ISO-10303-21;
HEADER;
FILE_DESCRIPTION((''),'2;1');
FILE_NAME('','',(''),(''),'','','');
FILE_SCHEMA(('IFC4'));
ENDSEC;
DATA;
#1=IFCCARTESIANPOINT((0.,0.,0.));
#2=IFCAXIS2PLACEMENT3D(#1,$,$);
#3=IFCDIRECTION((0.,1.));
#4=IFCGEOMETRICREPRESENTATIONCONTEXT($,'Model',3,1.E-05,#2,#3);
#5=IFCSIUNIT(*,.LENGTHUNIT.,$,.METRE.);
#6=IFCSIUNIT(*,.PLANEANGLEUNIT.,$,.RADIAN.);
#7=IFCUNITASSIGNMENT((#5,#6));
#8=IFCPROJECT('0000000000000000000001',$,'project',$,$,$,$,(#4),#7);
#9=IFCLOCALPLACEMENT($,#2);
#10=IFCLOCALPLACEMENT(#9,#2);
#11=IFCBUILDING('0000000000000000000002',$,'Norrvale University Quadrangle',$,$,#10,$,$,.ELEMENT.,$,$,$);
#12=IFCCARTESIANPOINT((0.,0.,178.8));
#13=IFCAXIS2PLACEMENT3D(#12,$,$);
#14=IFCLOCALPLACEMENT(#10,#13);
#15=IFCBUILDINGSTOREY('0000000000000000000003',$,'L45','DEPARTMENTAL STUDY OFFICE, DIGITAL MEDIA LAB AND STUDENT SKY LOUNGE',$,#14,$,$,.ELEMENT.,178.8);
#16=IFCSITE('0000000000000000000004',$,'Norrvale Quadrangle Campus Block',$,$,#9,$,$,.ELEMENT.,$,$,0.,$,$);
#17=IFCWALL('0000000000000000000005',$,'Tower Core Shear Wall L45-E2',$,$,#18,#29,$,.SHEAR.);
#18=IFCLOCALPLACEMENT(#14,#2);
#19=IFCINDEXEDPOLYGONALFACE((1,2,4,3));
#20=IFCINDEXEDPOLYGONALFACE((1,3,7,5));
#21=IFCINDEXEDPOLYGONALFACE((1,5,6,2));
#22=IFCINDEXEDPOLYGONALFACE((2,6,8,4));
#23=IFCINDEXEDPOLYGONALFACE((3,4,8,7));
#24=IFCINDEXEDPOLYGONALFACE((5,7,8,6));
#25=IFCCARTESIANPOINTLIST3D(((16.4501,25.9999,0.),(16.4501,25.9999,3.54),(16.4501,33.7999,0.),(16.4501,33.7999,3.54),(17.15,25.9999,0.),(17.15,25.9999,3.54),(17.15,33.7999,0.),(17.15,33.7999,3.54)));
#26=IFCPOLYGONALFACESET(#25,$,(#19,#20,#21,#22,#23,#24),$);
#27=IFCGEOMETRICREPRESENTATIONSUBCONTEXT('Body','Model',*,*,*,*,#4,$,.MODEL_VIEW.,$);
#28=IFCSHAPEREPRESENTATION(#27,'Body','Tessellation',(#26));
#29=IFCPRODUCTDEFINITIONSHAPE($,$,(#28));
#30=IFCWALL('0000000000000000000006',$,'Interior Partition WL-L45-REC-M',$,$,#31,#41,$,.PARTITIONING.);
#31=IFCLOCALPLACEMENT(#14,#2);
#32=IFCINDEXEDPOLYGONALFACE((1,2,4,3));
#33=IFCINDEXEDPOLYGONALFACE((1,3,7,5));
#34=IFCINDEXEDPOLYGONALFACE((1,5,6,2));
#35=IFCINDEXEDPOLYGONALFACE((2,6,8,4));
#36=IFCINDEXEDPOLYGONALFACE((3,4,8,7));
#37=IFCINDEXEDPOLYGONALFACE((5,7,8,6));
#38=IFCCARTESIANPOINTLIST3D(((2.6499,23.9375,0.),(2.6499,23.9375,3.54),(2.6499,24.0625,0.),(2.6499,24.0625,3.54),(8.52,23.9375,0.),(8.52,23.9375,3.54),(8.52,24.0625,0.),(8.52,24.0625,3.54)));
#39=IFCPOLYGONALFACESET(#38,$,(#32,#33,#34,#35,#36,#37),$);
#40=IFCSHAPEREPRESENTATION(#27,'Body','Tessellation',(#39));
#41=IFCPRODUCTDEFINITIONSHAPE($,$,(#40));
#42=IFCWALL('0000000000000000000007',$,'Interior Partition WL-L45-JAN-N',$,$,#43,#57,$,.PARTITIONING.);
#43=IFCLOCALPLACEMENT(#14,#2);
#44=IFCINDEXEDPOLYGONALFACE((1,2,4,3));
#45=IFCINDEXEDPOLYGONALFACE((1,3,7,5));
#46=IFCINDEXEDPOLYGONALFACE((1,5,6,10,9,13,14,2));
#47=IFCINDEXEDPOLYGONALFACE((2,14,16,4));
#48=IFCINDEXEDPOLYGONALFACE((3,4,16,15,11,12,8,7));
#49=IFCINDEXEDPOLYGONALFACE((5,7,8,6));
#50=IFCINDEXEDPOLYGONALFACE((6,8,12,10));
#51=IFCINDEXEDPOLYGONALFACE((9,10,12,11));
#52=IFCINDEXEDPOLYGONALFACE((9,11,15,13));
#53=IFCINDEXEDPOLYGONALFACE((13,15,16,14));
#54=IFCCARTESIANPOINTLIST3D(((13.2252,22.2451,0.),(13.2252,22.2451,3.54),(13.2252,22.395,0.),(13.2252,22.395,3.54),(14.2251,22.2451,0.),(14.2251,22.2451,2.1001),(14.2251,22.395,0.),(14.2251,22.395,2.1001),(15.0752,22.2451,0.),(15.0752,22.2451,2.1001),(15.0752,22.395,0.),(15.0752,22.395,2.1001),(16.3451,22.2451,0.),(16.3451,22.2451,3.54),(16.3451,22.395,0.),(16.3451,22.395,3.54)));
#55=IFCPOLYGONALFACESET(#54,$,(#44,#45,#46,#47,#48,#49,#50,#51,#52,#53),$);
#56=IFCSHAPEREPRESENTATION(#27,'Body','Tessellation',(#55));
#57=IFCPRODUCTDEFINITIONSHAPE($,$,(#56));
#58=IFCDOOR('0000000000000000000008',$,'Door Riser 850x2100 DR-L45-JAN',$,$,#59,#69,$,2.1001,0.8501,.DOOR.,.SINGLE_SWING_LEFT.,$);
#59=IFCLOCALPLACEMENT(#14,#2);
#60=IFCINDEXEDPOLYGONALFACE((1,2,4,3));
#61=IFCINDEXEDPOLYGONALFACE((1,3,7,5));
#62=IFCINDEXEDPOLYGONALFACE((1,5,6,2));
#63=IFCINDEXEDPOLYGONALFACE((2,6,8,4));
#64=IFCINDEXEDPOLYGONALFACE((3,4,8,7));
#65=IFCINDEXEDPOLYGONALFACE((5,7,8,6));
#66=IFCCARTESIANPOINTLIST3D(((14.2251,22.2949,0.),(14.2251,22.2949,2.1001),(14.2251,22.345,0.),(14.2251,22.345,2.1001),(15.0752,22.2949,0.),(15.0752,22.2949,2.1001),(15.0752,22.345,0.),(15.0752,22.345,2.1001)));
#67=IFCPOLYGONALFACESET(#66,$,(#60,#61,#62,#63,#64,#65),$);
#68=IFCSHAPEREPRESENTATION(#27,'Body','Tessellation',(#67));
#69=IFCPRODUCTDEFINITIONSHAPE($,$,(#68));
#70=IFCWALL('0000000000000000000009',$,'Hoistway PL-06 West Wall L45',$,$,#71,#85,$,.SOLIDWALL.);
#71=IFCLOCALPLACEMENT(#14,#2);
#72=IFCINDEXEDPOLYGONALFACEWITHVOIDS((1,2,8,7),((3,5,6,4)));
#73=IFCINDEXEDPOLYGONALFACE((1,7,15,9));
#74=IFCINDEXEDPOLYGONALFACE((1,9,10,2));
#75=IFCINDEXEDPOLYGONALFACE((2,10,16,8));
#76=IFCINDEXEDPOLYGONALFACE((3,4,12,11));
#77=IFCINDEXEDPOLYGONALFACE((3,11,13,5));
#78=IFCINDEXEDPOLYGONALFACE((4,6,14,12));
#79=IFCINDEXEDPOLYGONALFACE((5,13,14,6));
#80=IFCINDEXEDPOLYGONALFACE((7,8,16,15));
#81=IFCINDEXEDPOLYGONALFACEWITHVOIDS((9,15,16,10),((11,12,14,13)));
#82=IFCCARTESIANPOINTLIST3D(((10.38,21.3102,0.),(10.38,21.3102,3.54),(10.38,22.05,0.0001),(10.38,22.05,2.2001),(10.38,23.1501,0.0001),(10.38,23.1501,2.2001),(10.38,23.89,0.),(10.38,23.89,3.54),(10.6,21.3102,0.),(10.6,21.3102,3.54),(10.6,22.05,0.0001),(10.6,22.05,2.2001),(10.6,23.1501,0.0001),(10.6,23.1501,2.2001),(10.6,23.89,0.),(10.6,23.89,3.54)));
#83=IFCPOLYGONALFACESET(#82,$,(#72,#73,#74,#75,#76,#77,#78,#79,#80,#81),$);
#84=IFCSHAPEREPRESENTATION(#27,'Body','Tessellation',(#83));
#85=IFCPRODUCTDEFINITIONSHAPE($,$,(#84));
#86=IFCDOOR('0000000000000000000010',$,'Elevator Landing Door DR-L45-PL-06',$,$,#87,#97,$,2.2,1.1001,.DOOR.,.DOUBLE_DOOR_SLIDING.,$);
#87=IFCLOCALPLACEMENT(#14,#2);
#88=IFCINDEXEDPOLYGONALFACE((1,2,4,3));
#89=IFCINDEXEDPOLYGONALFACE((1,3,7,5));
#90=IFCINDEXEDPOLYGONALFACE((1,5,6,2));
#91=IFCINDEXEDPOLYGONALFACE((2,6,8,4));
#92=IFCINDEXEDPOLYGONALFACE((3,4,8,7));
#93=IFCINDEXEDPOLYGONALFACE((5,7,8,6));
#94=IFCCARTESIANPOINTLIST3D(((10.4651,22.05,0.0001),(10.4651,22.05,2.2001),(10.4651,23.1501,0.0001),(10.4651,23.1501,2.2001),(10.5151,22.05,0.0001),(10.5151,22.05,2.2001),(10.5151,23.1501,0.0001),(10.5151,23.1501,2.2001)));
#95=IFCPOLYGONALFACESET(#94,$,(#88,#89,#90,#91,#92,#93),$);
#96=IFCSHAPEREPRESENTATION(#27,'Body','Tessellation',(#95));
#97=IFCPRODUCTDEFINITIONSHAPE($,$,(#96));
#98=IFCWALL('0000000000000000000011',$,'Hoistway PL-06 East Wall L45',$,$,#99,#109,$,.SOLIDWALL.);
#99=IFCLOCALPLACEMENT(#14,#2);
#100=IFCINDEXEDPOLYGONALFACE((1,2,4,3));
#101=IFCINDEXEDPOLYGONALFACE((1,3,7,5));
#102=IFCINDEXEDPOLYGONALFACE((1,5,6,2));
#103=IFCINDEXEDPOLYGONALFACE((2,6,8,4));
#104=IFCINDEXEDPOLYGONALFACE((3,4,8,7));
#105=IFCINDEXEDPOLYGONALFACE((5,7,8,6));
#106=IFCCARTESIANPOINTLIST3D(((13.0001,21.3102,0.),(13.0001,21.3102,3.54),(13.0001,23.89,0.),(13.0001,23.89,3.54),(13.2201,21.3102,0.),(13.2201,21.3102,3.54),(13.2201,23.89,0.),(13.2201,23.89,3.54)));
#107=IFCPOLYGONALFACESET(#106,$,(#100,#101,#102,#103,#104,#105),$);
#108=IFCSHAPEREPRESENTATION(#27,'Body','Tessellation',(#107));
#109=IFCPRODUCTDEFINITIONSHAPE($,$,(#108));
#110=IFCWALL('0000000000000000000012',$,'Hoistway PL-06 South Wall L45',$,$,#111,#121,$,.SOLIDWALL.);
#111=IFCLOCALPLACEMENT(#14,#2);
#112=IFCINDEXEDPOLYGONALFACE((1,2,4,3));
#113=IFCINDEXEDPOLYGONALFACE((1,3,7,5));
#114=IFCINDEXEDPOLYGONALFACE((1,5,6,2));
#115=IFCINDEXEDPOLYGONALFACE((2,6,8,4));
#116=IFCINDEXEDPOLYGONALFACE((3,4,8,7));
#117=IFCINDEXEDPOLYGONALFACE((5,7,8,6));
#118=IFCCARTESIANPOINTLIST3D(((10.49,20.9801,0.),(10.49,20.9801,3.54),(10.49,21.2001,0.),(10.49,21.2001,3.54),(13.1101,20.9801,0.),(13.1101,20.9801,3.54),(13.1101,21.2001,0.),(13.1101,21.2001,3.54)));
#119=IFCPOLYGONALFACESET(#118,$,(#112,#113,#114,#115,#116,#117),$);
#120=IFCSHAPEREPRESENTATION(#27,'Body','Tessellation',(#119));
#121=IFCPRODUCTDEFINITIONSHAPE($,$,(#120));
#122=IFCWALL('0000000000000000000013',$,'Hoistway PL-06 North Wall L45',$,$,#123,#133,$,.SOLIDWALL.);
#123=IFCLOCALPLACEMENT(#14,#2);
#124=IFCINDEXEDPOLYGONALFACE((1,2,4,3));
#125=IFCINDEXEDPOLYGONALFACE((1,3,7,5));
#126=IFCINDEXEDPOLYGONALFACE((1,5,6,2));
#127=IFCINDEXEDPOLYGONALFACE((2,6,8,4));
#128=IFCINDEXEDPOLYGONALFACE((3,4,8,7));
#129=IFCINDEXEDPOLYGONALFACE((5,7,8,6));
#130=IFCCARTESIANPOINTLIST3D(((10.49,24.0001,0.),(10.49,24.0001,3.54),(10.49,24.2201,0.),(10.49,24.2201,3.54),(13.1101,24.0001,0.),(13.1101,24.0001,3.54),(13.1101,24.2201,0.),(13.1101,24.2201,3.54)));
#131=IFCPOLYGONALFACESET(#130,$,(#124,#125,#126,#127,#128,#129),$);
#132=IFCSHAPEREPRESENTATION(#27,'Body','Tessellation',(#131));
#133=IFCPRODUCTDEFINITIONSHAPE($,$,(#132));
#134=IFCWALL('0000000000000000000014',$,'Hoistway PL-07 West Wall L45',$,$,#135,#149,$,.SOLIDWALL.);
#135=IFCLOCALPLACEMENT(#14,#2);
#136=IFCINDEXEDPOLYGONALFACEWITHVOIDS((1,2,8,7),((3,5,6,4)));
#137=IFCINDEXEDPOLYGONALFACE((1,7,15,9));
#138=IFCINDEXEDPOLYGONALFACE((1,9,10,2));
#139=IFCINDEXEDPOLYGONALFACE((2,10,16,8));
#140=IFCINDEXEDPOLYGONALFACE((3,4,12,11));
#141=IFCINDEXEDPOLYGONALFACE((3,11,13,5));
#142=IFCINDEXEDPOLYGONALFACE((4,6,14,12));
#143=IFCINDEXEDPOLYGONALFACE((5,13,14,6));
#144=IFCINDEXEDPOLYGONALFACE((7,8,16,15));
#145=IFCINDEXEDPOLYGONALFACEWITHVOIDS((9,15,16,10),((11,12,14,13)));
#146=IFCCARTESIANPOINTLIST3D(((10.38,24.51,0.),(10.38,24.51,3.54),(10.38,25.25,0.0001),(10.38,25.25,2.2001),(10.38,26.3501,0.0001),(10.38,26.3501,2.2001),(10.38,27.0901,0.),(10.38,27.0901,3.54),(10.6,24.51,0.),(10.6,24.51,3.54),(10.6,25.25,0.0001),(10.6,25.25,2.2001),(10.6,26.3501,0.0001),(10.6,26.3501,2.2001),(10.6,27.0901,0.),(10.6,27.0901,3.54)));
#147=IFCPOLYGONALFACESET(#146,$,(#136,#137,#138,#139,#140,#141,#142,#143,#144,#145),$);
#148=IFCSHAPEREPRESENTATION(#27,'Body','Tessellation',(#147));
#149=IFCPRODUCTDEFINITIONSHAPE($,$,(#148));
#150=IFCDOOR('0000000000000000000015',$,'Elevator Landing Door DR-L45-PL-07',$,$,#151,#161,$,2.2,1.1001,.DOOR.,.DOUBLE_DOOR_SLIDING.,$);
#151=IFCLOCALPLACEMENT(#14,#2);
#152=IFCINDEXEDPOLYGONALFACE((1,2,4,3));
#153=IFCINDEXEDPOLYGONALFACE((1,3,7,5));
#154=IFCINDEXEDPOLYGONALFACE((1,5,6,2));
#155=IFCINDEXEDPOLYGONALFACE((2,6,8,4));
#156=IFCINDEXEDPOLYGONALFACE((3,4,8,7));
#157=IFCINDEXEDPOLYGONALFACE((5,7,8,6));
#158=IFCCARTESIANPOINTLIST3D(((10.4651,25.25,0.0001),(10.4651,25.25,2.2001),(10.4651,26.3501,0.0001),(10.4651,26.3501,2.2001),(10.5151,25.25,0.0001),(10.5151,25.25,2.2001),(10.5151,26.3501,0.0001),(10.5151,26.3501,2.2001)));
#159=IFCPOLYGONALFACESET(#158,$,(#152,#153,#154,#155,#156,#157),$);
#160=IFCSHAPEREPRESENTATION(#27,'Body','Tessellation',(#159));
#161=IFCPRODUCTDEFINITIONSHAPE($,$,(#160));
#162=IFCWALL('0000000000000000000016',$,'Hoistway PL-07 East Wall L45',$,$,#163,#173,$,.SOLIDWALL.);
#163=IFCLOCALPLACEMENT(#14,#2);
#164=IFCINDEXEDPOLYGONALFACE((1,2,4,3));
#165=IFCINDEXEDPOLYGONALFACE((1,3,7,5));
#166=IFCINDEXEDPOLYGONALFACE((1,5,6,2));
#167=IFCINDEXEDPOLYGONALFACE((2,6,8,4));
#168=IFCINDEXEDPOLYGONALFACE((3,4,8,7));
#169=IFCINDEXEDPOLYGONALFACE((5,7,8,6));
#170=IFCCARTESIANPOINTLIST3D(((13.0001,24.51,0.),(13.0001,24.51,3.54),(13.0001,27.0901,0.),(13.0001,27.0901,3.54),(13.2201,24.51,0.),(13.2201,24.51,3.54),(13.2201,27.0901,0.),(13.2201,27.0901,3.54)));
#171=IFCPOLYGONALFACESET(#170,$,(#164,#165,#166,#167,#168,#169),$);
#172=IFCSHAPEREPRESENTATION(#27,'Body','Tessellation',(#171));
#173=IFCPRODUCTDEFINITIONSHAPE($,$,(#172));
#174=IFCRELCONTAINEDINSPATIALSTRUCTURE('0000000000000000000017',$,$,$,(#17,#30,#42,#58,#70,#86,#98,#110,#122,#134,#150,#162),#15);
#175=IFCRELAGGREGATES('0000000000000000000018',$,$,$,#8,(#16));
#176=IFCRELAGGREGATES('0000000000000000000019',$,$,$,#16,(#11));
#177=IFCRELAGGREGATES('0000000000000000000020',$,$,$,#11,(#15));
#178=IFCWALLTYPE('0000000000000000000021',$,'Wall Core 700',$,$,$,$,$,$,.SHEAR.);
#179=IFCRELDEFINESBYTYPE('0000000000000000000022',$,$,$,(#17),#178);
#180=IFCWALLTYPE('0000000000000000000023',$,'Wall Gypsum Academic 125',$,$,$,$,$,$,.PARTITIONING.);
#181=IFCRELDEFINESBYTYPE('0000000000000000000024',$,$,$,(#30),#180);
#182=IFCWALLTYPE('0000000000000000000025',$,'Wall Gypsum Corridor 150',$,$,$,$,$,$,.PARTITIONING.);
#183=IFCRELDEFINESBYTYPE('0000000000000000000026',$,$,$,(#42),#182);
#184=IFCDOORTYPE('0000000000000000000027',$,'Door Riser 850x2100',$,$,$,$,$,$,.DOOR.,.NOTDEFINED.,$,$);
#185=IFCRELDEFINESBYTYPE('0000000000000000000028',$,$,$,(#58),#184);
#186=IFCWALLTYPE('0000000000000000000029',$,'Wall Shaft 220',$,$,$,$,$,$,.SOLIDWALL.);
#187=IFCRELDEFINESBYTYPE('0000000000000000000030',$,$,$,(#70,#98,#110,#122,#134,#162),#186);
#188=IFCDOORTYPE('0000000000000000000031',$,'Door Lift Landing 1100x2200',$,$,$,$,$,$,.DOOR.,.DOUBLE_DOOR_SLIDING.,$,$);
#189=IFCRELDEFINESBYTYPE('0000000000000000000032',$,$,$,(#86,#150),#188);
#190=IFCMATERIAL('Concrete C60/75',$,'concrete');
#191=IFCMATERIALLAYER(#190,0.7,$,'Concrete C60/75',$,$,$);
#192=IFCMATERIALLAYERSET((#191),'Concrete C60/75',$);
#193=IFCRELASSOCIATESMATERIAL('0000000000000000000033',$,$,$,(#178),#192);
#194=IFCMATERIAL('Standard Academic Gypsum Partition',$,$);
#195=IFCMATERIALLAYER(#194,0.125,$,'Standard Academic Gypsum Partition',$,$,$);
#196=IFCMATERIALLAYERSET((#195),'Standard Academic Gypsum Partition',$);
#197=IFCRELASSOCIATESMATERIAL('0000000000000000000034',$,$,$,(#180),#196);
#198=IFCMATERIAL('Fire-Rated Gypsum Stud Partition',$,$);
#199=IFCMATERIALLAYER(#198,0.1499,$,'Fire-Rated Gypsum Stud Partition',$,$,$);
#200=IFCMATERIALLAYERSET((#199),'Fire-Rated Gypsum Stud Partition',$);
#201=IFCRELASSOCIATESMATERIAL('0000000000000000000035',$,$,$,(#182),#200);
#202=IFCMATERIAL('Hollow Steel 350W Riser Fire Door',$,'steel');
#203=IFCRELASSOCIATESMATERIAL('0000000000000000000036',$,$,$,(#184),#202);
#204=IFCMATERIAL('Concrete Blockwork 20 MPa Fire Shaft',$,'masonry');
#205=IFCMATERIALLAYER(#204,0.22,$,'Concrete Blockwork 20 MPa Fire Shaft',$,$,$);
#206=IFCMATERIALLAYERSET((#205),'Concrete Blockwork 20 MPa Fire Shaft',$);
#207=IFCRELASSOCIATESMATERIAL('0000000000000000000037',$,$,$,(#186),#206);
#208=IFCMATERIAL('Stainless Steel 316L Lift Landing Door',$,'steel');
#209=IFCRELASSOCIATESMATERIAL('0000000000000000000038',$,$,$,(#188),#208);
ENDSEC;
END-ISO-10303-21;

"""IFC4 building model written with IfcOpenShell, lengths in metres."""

from ifc_helpers import new_model, si_unit, direction, frame, frame_2d, origin, place, context, subcontext, project, spatial, rectangle, extrude, material, layer, layer_set, type_object, element, fill, save


model = new_model("IFC4")

# Units and contexts
model_context = context("Model", 3, precision=1e-05, world=origin(), true_north=direction((0.0, 1.0)))
body_context = subcontext(model_context, "Body", "Model", "MODEL_VIEW")
ifc_project = project(units=[si_unit("LENGTHUNIT", "METRE"), si_unit("PLANEANGLEUNIT", "RADIAN")], contexts=[model_context])

# Site, building, storey
site_placement = place(None, origin())
site = spatial("IfcSite", under=ifc_project, at=site_placement, Name="Norrvale Quadrangle Campus Block", CompositionType="ELEMENT", RefElevation=0.0)
building_placement = place(site_placement, origin())
building = spatial("IfcBuilding", under=site, at=building_placement, Name="Norrvale University Quadrangle", CompositionType="ELEMENT")
storey_placement = place(building_placement, frame((0.0, 0.0, 178.8)))
storey = spatial("IfcBuildingStorey", under=building, at=storey_placement, Name="L45", Description="DEPARTMENTAL STUDY OFFICE, DIGITAL MEDIA LAB AND STUDENT SKY LOUNGE", CompositionType="ELEMENT", Elevation=178.8)

# Shared definitions
ifc_material_1 = material(Name="Concrete C60/75", Category="concrete")

# Walls
ifc_layer_1 = layer(ifc_material_1, 0.7, Name="Concrete C60/75")
ifc_layer_set_1 = layer_set([ifc_layer_1], Name="Concrete C60/75")
wall_type_1 = type_object("IfcWallType", Name="Wall Core 700", PredefinedType="SHEAR", material=ifc_layer_set_1)
wall_1_placement = place(storey_placement, frame((16.8, 26.0, 0.0), z_axis=(0.0, 0.0, 1.0), x_axis=(0.0, 1.0, 0.0)))
element("IfcWall", 1, at=wall_1_placement, inside=storey, type_object=wall_type_1, Name="Tower Core Shear Wall L45-E2", PredefinedType="SHEAR", context=body_context, shape_type="SweptSolid", body=[
    extrude(rectangle(XDim=7.8, YDim=0.7, at=frame_2d((3.8999, 0.0))), origin(), (0.0, 0.0, 1.0), 3.54),
])
ifc_material_2 = material(Name="Standard Academic Gypsum Partition")
ifc_layer_2 = layer(ifc_material_2, 0.125, Name="Standard Academic Gypsum Partition")
ifc_layer_set_2 = layer_set([ifc_layer_2], Name="Standard Academic Gypsum Partition")
wall_type_2 = type_object("IfcWallType", Name="Wall Gypsum Academic 125", PredefinedType="PARTITIONING", material=ifc_layer_set_2)
wall_2_placement = place(storey_placement, frame((2.6499, 24.0, 0.0), z_axis=(0.0, 0.0, 1.0), x_axis=(1.0, 0.0, 0.0)))
element("IfcWall", 2, at=wall_2_placement, inside=storey, type_object=wall_type_2, Name="Interior Partition WL-L45-REC-M", PredefinedType="PARTITIONING", context=body_context, shape_type="SweptSolid", body=[
    extrude(rectangle(XDim=5.8701, YDim=0.125, at=frame_2d((2.9351, 0.0))), origin(), (0.0, 0.0, 1.0), 3.54),
])

# Walls, openings, doors
ifc_material_3 = material(Name="Fire-Rated Gypsum Stud Partition")
ifc_layer_3 = layer(ifc_material_3, 0.1499, Name="Fire-Rated Gypsum Stud Partition")
ifc_layer_set_3 = layer_set([ifc_layer_3], Name="Fire-Rated Gypsum Stud Partition")
wall_type_3 = type_object("IfcWallType", Name="Wall Gypsum Corridor 150", PredefinedType="PARTITIONING", material=ifc_layer_set_3)
wall_3_placement = place(storey_placement, frame((13.2251, 22.3201, 0.0), z_axis=(0.0, 0.0, 1.0), x_axis=(1.0, 0.0, 0.0)))
wall_3 = element("IfcWall", 3, at=wall_3_placement, inside=storey, type_object=wall_type_3, Name="Interior Partition WL-L45-JAN-N", PredefinedType="PARTITIONING", context=body_context, shape_type="SweptSolid", body=[
    extrude(rectangle(XDim=3.1199, YDim=0.1499, at=frame_2d((1.5601, 0.0))), origin(), (0.0, 0.0, 1.0), 3.54),
])
opening_1_placement = place(wall_3_placement, frame((1.0, 0.0, 0.0)))
opening_1 = element("IfcOpeningElement", 4, at=opening_1_placement, cuts=wall_3, PredefinedType="OPENING", context=body_context, shape_type="SweptSolid", body=[
    extrude(rectangle(XDim=0.8501, YDim=2.1001, at=frame_2d((0.425, 1.05))), frame((0.0, 0.0869, 0.0), z_axis=(0.0, -1.0, 0.0), x_axis=(1.0, 0.0, 0.0)), (0.0, 0.0, 1.0), 0.1738),
])
ifc_material_4 = material(Name="Hollow Steel 350W Riser Fire Door", Category="steel")
door_type_1 = type_object("IfcDoorType", Name="Door Riser 850x2100", OperationType="NOTDEFINED", PredefinedType="DOOR", material=ifc_material_4)
door_1_placement = place(opening_1_placement, origin())
door_1 = element("IfcDoor", 5, at=door_1_placement, inside=storey, type_object=door_type_1, Name="Door Riser 850x2100 DR-L45-JAN", OperationType="SINGLE_SWING_LEFT", OverallHeight=2.1001, OverallWidth=0.8501, PredefinedType="DOOR", context=body_context, shape_type="SweptSolid", body=[
    extrude(rectangle(XDim=0.8501, YDim=2.1001, at=frame_2d((0.425, 1.05))), frame((0.0, 0.0249, 0.0), z_axis=(0.0, -1.0, 0.0), x_axis=(1.0, 0.0, 0.0)), (0.0, 0.0, 1.0), 0.05),
])
fill(opening_1, door_1)
ifc_material_5 = material(Name="Concrete Blockwork 20 MPa Fire Shaft", Category="masonry")
ifc_layer_4 = layer(ifc_material_5, 0.22, Name="Concrete Blockwork 20 MPa Fire Shaft")
ifc_layer_set_4 = layer_set([ifc_layer_4], Name="Concrete Blockwork 20 MPa Fire Shaft")
wall_type_4 = type_object("IfcWallType", Name="Wall Shaft 220", PredefinedType="SOLIDWALL", material=ifc_layer_set_4)
wall_4_placement = place(storey_placement, frame((10.49, 21.3101, 0.0), z_axis=(0.0, 0.0, 1.0), x_axis=(0.0, 1.0, 0.0)))
wall_4 = element("IfcWall", 6, at=wall_4_placement, inside=storey, type_object=wall_type_4, Name="Hoistway PL-06 West Wall L45", PredefinedType="SOLIDWALL", context=body_context, shape_type="SweptSolid", body=[
    extrude(rectangle(XDim=2.5798, YDim=0.22, at=frame_2d((1.29, 0.0))), origin(), (0.0, 0.0, 1.0), 3.54),
])
opening_2_placement = place(wall_4_placement, frame((0.74, 0.0, 0.0)))
opening_2 = element("IfcOpeningElement", 7, at=opening_2_placement, cuts=wall_4, PredefinedType="OPENING", context=body_context, shape_type="SweptSolid", body=[
    extrude(rectangle(XDim=1.1001, YDim=2.2, at=frame_2d((0.55, 1.1001))), frame((0.0, 0.1221, 0.0), z_axis=(0.0, -1.0, 0.0), x_axis=(1.0, 0.0, 0.0)), (0.0, 0.0, 1.0), 0.2439),
])
ifc_material_6 = material(Name="Stainless Steel 316L Lift Landing Door", Category="steel")
door_type_2 = type_object("IfcDoorType", Name="Door Lift Landing 1100x2200", OperationType="DOUBLE_DOOR_SLIDING", PredefinedType="DOOR", material=ifc_material_6)
door_2_placement = place(opening_2_placement, origin())
door_2 = element("IfcDoor", 8, at=door_2_placement, inside=storey, type_object=door_type_2, Name="Elevator Landing Door DR-L45-PL-06", OperationType="DOUBLE_DOOR_SLIDING", OverallHeight=2.2, OverallWidth=1.1001, PredefinedType="DOOR", context=body_context, shape_type="SweptSolid", body=[
    extrude(rectangle(XDim=1.1001, YDim=2.2, at=frame_2d((0.55, 1.1001))), frame((0.0, 0.0249, 0.0), z_axis=(0.0, -1.0, 0.0), x_axis=(1.0, 0.0, 0.0)), (0.0, 0.0, 1.0), 0.05),
])
fill(opening_2, door_2)

# Walls
wall_5_placement = place(storey_placement, frame((13.1101, 21.3101, 0.0), z_axis=(0.0, 0.0, 1.0), x_axis=(0.0, 1.0, 0.0)))
element("IfcWall", 9, at=wall_5_placement, inside=storey, type_object=wall_type_4, Name="Hoistway PL-06 East Wall L45", PredefinedType="SOLIDWALL", context=body_context, shape_type="SweptSolid", body=[
    extrude(rectangle(XDim=2.5798, YDim=0.22, at=frame_2d((1.29, 0.0))), origin(), (0.0, 0.0, 1.0), 3.54),
])
for number, where, z_axis, x_axis, name in (
    (10, (10.49, 21.0901, 0.0), (0.0, 0.0, 1.0), (1.0, 0.0, 0.0), "Hoistway PL-06 South Wall L45"),
    (11, (10.49, 24.1101, 0.0), (0.0, 0.0, 1.0), (1.0, 0.0, 0.0), "Hoistway PL-06 North Wall L45"),
):
    element("IfcWall", number, at=place(storey_placement, frame(where, z_axis=z_axis, x_axis=x_axis)), inside=storey, type_object=wall_type_4, Name=name, PredefinedType="SOLIDWALL", context=body_context, shape_type="SweptSolid", body=[
        extrude(rectangle(XDim=2.6201, YDim=0.22, at=frame_2d((1.3101, 0.0))), origin(), (0.0, 0.0, 1.0), 3.54),
    ])

# Wall, opening, door
wall_6_placement = place(storey_placement, frame((10.49, 24.51, 0.0), z_axis=(0.0, 0.0, 1.0), x_axis=(0.0, 1.0, 0.0)))
wall_6 = element("IfcWall", 12, at=wall_6_placement, inside=storey, type_object=wall_type_4, Name="Hoistway PL-07 West Wall L45", PredefinedType="SOLIDWALL", context=body_context, shape_type="SweptSolid", body=[
    extrude(rectangle(XDim=2.5801, YDim=0.22, at=frame_2d((1.29, 0.0))), origin(), (0.0, 0.0, 1.0), 3.54),
])
opening_3_placement = place(wall_6_placement, frame((0.74, 0.0, 0.0)))
opening_3 = element("IfcOpeningElement", 13, at=opening_3_placement, cuts=wall_6, PredefinedType="OPENING", context=body_context, shape_type="SweptSolid", body=[
    extrude(rectangle(XDim=1.1001, YDim=2.2, at=frame_2d((0.55, 1.1001))), frame((0.0, 0.1221, 0.0), z_axis=(0.0, -1.0, 0.0), x_axis=(1.0, 0.0, 0.0)), (0.0, 0.0, 1.0), 0.2439),
])
door_3_placement = place(opening_3_placement, origin())
door_3 = element("IfcDoor", 14, at=door_3_placement, inside=storey, type_object=door_type_2, Name="Elevator Landing Door DR-L45-PL-07", OperationType="DOUBLE_DOOR_SLIDING", OverallHeight=2.2, OverallWidth=1.1001, PredefinedType="DOOR", context=body_context, shape_type="SweptSolid", body=[
    extrude(rectangle(XDim=1.1001, YDim=2.2, at=frame_2d((0.55, 1.1001))), frame((0.0, 0.0249, 0.0), z_axis=(0.0, -1.0, 0.0), x_axis=(1.0, 0.0, 0.0)), (0.0, 0.0, 1.0), 0.05),
])
fill(opening_3, door_3)

# Wall
wall_7_placement = place(storey_placement, frame((13.1101, 24.51, 0.0), z_axis=(0.0, 0.0, 1.0), x_axis=(0.0, 1.0, 0.0)))
element("IfcWall", 15, at=wall_7_placement, inside=storey, type_object=wall_type_4, Name="Hoistway PL-07 East Wall L45", PredefinedType="SOLIDWALL", context=body_context, shape_type="SweptSolid", body=[
    extrude(rectangle(XDim=2.5801, YDim=0.22, at=frame_2d((1.29, 0.0))), origin(), (0.0, 0.0, 1.0), 3.54),
])

save(model, "model.ifc")
